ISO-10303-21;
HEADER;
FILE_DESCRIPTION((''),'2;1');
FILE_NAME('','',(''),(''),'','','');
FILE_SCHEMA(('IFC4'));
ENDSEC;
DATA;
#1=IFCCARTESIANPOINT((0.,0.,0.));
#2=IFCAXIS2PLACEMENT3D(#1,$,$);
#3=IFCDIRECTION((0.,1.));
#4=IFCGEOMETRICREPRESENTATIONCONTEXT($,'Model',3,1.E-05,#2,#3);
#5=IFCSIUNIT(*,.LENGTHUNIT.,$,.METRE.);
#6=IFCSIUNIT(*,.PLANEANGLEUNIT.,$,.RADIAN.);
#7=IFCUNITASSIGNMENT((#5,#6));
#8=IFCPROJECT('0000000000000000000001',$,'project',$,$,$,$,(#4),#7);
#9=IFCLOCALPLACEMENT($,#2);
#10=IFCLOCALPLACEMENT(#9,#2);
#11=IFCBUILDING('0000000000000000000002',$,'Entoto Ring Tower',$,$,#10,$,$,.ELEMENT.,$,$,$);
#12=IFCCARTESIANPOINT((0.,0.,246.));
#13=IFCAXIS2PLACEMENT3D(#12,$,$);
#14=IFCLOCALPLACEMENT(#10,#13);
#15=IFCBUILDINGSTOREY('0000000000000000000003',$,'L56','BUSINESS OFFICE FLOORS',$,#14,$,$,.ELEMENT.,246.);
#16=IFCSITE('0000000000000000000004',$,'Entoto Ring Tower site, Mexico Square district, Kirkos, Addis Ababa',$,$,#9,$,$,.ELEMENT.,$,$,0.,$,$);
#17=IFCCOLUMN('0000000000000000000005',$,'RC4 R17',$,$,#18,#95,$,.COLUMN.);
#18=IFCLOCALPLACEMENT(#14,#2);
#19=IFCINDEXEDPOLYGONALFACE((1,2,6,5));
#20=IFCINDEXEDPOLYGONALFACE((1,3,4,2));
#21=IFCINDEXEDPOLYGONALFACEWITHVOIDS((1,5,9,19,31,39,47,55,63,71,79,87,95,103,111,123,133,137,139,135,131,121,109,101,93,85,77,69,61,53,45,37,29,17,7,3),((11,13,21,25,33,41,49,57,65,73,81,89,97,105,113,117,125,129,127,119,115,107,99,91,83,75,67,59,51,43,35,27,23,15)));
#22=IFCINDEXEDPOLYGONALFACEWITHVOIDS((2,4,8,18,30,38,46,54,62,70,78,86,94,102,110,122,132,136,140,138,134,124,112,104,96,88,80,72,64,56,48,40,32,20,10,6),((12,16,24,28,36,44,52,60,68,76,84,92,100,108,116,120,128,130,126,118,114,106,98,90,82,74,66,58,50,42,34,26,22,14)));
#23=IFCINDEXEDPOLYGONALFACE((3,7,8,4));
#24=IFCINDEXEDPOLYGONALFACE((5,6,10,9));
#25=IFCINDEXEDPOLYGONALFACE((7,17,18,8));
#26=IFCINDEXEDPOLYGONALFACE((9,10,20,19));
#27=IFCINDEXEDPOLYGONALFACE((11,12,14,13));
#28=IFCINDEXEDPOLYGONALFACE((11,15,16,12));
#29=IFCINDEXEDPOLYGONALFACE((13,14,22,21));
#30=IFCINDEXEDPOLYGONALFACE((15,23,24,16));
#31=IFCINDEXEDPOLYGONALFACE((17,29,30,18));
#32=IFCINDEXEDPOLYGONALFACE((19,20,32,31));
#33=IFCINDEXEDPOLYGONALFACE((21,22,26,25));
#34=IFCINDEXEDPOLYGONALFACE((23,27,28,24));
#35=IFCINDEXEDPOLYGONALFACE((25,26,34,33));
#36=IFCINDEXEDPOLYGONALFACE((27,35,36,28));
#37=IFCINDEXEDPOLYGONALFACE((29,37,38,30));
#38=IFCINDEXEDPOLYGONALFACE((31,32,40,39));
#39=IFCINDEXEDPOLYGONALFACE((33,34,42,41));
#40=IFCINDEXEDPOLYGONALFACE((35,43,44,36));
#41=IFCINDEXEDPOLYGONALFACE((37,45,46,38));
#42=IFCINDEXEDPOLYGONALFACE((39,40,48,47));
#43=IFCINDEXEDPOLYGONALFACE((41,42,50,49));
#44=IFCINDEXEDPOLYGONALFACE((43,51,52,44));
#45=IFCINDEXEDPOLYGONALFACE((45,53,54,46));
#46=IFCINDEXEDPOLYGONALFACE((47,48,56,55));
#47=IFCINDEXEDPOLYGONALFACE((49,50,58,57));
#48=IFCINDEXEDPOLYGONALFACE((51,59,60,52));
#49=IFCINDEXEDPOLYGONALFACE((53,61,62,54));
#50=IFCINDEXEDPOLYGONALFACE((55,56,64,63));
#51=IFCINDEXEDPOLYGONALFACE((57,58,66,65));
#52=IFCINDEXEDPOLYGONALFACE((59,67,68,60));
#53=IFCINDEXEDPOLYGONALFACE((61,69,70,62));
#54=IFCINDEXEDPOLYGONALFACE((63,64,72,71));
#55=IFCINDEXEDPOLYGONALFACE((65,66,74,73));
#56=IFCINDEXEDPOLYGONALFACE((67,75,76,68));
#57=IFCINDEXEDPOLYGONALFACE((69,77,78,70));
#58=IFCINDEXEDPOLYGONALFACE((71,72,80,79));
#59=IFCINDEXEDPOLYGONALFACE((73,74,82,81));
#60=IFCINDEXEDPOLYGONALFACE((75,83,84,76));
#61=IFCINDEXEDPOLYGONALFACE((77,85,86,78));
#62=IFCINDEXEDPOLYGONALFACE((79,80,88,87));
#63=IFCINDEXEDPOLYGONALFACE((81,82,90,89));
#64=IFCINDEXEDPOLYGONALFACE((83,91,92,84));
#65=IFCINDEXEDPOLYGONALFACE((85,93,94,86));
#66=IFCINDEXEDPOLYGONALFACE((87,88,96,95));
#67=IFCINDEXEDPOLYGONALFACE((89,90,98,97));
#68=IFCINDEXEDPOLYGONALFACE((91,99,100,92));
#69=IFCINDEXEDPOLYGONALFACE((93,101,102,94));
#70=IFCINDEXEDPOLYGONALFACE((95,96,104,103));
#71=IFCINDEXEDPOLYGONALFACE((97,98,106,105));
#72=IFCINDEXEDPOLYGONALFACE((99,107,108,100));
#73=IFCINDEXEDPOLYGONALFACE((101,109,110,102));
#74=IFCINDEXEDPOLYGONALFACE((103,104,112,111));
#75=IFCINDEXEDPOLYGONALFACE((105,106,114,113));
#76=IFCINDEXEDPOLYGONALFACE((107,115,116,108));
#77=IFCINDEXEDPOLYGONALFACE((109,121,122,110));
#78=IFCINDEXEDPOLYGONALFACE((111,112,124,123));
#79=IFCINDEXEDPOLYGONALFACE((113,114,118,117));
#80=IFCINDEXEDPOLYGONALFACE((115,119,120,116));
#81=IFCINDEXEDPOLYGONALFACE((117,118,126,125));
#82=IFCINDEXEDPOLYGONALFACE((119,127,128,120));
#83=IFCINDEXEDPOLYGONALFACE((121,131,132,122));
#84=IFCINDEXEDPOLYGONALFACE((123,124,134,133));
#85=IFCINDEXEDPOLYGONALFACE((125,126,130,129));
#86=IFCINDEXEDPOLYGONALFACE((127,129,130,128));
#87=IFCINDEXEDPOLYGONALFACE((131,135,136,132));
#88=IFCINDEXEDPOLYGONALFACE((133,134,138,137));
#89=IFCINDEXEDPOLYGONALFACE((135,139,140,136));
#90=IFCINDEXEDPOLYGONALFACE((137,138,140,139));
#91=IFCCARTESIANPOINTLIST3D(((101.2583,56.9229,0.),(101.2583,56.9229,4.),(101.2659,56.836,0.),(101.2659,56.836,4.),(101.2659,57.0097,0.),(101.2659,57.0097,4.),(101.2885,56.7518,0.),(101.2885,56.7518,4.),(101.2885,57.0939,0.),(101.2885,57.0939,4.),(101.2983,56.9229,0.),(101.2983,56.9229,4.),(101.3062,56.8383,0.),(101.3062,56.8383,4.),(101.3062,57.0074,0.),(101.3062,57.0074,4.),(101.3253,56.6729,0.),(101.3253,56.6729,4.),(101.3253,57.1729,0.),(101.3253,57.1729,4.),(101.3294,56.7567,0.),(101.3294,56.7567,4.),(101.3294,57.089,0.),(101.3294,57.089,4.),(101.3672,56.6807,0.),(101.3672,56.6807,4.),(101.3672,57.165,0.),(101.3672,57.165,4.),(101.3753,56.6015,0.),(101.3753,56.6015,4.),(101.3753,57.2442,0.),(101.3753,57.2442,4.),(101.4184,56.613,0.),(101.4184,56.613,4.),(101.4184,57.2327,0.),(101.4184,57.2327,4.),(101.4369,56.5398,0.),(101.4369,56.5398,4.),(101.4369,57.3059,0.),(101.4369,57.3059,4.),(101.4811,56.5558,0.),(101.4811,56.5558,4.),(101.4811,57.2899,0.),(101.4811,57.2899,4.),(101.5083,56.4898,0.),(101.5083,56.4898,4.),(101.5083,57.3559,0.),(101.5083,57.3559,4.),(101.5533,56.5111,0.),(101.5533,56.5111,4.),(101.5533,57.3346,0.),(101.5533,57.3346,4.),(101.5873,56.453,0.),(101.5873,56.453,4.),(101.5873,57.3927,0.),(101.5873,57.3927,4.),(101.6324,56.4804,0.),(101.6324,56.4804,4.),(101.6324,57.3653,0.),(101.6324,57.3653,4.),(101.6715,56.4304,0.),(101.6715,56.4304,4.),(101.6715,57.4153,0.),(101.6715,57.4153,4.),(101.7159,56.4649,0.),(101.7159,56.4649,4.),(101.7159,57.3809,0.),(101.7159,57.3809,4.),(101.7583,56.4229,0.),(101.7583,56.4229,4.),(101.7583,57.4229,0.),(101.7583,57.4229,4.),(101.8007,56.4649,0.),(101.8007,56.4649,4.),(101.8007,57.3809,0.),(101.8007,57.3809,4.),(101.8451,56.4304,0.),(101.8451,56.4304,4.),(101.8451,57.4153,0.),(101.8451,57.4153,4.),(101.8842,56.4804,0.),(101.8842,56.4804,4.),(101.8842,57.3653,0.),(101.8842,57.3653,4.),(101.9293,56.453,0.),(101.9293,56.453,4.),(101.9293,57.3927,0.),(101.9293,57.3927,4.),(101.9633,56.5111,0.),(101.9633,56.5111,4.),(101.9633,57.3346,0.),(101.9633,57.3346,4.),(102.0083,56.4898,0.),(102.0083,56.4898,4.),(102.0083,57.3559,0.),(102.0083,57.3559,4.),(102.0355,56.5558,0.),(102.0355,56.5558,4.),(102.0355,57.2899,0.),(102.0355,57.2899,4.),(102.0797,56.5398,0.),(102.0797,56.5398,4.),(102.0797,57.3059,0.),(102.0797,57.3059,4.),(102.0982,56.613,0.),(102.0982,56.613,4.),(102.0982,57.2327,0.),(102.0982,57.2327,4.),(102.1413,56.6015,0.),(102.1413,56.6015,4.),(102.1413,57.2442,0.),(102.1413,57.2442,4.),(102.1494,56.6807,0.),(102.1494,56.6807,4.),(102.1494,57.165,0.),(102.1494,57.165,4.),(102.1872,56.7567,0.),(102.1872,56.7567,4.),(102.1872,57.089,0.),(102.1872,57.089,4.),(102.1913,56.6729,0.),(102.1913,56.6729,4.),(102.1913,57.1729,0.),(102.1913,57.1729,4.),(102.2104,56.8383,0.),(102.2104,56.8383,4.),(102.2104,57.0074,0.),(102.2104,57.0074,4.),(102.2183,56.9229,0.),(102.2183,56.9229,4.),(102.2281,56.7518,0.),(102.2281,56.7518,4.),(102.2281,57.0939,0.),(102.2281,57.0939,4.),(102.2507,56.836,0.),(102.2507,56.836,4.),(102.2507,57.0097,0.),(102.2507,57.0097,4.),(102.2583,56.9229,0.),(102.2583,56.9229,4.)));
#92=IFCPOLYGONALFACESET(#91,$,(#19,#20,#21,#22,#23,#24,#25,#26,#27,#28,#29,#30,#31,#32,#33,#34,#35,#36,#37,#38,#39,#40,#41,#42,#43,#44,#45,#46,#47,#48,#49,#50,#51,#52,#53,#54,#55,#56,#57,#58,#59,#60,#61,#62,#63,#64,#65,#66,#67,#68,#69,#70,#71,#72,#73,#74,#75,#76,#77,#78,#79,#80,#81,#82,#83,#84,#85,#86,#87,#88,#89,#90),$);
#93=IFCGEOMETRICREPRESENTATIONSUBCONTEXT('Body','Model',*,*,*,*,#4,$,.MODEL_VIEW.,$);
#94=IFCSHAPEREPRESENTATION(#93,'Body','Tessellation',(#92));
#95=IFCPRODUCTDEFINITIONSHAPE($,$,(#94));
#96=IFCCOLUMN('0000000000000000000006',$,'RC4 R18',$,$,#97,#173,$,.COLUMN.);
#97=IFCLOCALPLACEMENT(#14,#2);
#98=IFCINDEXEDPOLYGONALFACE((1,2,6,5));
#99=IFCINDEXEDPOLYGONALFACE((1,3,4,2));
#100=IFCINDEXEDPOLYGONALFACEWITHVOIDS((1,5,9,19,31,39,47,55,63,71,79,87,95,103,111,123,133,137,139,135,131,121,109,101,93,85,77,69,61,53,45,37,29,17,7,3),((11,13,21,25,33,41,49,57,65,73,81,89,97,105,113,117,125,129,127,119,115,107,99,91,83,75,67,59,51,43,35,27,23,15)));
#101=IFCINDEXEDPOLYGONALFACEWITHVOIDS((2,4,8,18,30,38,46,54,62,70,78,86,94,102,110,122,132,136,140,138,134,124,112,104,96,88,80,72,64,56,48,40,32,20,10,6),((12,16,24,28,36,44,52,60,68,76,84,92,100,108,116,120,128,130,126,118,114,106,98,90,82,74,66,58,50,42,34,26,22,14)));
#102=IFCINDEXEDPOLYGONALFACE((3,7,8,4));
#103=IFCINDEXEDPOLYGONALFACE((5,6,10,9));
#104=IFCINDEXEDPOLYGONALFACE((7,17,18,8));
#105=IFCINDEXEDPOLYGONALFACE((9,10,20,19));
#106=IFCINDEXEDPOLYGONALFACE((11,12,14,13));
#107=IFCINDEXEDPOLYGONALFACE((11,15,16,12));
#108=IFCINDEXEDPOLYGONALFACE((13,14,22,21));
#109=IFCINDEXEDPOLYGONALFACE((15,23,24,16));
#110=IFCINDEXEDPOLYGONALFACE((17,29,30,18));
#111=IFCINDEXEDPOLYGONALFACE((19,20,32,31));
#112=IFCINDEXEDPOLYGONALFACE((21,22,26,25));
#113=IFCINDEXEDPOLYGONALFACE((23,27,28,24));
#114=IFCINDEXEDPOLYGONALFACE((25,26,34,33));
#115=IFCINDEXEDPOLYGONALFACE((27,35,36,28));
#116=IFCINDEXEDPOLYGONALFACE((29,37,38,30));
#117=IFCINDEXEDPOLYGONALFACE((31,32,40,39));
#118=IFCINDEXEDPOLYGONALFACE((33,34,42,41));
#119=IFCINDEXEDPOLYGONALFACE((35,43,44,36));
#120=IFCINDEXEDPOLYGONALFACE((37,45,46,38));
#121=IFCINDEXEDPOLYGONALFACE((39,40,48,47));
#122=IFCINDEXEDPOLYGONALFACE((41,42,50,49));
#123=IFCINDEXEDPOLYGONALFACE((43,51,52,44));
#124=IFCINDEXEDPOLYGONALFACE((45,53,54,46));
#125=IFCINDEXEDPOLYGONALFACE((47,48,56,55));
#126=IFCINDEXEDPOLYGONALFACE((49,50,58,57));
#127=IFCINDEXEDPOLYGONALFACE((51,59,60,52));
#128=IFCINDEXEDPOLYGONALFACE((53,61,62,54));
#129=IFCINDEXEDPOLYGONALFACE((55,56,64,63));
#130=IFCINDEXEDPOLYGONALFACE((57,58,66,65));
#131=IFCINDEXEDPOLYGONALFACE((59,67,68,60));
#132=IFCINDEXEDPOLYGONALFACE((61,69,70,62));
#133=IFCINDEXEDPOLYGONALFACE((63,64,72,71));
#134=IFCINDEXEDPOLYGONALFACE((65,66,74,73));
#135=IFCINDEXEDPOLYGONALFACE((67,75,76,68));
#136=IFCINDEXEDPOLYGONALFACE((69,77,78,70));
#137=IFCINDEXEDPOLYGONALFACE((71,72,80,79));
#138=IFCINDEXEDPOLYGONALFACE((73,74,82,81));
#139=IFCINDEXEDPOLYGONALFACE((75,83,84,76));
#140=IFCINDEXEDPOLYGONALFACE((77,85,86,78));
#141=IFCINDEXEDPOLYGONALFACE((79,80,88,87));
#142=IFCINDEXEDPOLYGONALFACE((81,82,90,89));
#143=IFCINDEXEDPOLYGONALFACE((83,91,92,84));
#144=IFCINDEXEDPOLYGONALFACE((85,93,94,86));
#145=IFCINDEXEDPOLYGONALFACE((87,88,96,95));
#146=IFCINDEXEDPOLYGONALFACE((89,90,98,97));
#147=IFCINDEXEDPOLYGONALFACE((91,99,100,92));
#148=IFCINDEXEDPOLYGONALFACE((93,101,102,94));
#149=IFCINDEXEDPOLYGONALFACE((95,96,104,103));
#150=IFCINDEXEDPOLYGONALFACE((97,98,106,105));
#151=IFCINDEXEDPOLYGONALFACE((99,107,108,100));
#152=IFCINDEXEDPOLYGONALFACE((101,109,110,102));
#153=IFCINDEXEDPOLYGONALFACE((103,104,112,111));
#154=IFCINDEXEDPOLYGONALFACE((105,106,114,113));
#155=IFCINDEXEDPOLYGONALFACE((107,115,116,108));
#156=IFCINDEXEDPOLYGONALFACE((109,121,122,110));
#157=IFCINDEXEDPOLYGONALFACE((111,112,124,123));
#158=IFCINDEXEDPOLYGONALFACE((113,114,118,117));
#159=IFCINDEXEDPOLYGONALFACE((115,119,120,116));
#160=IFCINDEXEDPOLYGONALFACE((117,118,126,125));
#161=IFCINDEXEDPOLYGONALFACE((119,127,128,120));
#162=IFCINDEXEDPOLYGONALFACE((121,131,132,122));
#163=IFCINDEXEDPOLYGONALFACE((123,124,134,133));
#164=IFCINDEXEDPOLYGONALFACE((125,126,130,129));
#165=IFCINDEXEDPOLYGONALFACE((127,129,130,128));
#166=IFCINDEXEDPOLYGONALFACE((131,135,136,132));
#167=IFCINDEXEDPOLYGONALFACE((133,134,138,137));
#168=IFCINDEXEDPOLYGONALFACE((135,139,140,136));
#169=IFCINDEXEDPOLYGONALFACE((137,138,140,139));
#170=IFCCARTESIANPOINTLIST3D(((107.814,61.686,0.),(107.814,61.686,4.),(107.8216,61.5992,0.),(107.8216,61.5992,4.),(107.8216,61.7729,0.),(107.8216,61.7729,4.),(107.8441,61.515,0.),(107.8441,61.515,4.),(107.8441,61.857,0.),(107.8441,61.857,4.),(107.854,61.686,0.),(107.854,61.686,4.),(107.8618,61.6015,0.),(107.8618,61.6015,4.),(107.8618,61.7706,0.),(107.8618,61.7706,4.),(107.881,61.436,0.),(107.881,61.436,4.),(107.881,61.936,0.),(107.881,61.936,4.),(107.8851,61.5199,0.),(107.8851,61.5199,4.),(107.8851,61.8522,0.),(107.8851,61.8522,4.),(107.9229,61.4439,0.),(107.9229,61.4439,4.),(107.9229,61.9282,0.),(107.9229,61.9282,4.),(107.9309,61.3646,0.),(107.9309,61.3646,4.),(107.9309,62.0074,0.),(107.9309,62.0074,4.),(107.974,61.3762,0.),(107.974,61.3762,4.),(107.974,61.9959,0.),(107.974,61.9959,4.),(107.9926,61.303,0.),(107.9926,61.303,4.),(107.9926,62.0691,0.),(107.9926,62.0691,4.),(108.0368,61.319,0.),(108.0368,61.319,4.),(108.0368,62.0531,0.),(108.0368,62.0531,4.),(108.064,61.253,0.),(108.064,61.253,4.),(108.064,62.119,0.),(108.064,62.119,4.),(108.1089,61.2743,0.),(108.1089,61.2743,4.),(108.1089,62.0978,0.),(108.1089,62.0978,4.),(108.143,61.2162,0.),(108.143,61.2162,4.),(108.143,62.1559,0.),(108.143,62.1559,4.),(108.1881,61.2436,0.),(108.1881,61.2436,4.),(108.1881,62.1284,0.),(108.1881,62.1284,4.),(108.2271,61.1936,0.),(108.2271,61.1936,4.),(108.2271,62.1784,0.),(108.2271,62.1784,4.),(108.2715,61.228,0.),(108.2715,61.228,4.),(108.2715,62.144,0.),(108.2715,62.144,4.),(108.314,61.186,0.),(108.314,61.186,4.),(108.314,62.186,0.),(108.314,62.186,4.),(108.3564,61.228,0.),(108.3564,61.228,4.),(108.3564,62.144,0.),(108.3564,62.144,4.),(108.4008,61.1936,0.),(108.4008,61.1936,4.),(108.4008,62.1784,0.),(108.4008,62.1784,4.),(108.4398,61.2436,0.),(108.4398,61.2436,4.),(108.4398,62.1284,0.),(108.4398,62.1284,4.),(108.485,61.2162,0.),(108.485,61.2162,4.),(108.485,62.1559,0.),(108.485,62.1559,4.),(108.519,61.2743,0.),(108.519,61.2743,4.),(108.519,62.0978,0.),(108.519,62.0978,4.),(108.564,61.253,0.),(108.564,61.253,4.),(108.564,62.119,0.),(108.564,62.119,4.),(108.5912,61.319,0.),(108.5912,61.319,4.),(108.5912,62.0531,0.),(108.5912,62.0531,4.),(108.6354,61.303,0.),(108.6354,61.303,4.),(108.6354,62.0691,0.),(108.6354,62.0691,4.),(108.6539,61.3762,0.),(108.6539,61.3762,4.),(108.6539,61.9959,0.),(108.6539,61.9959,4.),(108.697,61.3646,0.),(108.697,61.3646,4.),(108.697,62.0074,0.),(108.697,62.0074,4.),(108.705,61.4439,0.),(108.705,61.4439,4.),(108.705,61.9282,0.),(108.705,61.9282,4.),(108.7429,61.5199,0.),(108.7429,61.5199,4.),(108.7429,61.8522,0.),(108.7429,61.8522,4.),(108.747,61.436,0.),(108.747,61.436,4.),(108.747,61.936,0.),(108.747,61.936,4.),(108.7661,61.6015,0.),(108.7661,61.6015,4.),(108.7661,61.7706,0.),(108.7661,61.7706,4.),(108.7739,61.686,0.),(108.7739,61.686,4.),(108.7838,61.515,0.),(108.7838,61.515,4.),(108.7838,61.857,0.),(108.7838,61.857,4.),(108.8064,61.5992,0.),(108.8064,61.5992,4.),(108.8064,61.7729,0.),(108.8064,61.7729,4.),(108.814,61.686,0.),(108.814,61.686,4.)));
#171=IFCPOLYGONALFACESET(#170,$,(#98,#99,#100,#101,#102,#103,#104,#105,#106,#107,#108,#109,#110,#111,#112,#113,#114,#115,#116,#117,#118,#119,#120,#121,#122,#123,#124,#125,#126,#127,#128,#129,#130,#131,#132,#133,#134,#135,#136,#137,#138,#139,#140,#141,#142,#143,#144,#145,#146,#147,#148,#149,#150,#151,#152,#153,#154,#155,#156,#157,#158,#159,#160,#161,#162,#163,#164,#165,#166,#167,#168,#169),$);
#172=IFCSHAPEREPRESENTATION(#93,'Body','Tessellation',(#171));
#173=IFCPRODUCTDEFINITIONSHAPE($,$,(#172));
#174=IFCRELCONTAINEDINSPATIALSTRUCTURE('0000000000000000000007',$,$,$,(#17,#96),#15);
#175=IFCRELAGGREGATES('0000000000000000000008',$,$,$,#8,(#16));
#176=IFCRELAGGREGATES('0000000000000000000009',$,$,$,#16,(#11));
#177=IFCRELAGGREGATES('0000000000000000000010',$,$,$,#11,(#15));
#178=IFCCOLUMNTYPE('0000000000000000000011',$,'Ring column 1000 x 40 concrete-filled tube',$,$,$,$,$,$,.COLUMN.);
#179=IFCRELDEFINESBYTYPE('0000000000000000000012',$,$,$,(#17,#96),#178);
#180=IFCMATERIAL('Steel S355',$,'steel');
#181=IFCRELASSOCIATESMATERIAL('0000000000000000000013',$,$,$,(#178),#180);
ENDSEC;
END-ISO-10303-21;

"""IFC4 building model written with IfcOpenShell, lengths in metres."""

from ifc_helpers import new_model, si_unit, direction, frame, origin, origin_2d, place, context, subcontext, project, spatial, circle, hollow_circle, extrude, material, material_profile, profile_set, type_object, element, save


model = new_model("IFC4")

# Units and contexts
model_context = context("Model", 3, precision=1e-05, world=origin(), true_north=direction((0.0, 1.0)))
body_context = subcontext(model_context, "Body", "Model", "MODEL_VIEW")
ifc_project = project(units=[si_unit("LENGTHUNIT", "METRE"), si_unit("PLANEANGLEUNIT", "RADIAN")], contexts=[model_context])

# Site, building, storey
site_placement = place(None, origin())
site = spatial("IfcSite", under=ifc_project, at=site_placement, Name="Entoto Ring Tower site, Mexico Square district, Kirkos, Addis Ababa", CompositionType="ELEMENT", RefElevation=0.0)
building_placement = place(site_placement, origin())
building = spatial("IfcBuilding", under=site, at=building_placement, Name="Entoto Ring Tower", CompositionType="ELEMENT")
storey_placement = place(building_placement, frame((0.0, 0.0, 246.0)))
storey = spatial("IfcBuildingStorey", under=building, at=storey_placement, Name="L56", Description="BUSINESS OFFICE FLOORS", CompositionType="ELEMENT", Elevation=246.0)

# Columns
ifc_material_1 = material(Name="Steel S355", Category="steel")
ifc_material_profile_1 = material_profile(ifc_material_1, hollow_circle(Radius=0.5, WallThickness=0.04, at=origin_2d()), Name="CHS 1000 x 40")
ifc_material_2 = material(Name="Concrete C60/75", Category="concrete")
ifc_material_profile_2 = material_profile(ifc_material_2, circle(Radius=0.46, at=origin_2d()), Name="Concrete C60/75 infill")
ifc_profile_set_1 = profile_set([ifc_material_profile_1, ifc_material_profile_2], Name="Steel S355")
column_type = type_object("IfcColumnType", Name="Ring column 1000 x 40 concrete-filled tube", PredefinedType="COLUMN", material=ifc_profile_set_1)
for number, where, z_axis, x_axis, name in (
    (1, (101.7583, 56.9229, 0.0), (0.0, 0.0, 1.0), (1.0, 0.0, 0.0), "RC4 R17"),
    (2, (108.314, 61.686, 0.0), (0.0, 0.0, 1.0), (1.0, 0.0, 0.0), "RC4 R18"),
):
    element("IfcColumn", number, at=place(storey_placement, frame(where, z_axis=z_axis, x_axis=x_axis)), inside=storey, type_object=column_type, Name=name, PredefinedType="COLUMN", context=body_context, shape_type="SweptSolid", body=[
        extrude(hollow_circle(Radius=0.5, WallThickness=0.04, at=origin_2d()), origin(), (0.0, 0.0, 1.0), 4.0),
    ])

save(model, "model.ifc")
